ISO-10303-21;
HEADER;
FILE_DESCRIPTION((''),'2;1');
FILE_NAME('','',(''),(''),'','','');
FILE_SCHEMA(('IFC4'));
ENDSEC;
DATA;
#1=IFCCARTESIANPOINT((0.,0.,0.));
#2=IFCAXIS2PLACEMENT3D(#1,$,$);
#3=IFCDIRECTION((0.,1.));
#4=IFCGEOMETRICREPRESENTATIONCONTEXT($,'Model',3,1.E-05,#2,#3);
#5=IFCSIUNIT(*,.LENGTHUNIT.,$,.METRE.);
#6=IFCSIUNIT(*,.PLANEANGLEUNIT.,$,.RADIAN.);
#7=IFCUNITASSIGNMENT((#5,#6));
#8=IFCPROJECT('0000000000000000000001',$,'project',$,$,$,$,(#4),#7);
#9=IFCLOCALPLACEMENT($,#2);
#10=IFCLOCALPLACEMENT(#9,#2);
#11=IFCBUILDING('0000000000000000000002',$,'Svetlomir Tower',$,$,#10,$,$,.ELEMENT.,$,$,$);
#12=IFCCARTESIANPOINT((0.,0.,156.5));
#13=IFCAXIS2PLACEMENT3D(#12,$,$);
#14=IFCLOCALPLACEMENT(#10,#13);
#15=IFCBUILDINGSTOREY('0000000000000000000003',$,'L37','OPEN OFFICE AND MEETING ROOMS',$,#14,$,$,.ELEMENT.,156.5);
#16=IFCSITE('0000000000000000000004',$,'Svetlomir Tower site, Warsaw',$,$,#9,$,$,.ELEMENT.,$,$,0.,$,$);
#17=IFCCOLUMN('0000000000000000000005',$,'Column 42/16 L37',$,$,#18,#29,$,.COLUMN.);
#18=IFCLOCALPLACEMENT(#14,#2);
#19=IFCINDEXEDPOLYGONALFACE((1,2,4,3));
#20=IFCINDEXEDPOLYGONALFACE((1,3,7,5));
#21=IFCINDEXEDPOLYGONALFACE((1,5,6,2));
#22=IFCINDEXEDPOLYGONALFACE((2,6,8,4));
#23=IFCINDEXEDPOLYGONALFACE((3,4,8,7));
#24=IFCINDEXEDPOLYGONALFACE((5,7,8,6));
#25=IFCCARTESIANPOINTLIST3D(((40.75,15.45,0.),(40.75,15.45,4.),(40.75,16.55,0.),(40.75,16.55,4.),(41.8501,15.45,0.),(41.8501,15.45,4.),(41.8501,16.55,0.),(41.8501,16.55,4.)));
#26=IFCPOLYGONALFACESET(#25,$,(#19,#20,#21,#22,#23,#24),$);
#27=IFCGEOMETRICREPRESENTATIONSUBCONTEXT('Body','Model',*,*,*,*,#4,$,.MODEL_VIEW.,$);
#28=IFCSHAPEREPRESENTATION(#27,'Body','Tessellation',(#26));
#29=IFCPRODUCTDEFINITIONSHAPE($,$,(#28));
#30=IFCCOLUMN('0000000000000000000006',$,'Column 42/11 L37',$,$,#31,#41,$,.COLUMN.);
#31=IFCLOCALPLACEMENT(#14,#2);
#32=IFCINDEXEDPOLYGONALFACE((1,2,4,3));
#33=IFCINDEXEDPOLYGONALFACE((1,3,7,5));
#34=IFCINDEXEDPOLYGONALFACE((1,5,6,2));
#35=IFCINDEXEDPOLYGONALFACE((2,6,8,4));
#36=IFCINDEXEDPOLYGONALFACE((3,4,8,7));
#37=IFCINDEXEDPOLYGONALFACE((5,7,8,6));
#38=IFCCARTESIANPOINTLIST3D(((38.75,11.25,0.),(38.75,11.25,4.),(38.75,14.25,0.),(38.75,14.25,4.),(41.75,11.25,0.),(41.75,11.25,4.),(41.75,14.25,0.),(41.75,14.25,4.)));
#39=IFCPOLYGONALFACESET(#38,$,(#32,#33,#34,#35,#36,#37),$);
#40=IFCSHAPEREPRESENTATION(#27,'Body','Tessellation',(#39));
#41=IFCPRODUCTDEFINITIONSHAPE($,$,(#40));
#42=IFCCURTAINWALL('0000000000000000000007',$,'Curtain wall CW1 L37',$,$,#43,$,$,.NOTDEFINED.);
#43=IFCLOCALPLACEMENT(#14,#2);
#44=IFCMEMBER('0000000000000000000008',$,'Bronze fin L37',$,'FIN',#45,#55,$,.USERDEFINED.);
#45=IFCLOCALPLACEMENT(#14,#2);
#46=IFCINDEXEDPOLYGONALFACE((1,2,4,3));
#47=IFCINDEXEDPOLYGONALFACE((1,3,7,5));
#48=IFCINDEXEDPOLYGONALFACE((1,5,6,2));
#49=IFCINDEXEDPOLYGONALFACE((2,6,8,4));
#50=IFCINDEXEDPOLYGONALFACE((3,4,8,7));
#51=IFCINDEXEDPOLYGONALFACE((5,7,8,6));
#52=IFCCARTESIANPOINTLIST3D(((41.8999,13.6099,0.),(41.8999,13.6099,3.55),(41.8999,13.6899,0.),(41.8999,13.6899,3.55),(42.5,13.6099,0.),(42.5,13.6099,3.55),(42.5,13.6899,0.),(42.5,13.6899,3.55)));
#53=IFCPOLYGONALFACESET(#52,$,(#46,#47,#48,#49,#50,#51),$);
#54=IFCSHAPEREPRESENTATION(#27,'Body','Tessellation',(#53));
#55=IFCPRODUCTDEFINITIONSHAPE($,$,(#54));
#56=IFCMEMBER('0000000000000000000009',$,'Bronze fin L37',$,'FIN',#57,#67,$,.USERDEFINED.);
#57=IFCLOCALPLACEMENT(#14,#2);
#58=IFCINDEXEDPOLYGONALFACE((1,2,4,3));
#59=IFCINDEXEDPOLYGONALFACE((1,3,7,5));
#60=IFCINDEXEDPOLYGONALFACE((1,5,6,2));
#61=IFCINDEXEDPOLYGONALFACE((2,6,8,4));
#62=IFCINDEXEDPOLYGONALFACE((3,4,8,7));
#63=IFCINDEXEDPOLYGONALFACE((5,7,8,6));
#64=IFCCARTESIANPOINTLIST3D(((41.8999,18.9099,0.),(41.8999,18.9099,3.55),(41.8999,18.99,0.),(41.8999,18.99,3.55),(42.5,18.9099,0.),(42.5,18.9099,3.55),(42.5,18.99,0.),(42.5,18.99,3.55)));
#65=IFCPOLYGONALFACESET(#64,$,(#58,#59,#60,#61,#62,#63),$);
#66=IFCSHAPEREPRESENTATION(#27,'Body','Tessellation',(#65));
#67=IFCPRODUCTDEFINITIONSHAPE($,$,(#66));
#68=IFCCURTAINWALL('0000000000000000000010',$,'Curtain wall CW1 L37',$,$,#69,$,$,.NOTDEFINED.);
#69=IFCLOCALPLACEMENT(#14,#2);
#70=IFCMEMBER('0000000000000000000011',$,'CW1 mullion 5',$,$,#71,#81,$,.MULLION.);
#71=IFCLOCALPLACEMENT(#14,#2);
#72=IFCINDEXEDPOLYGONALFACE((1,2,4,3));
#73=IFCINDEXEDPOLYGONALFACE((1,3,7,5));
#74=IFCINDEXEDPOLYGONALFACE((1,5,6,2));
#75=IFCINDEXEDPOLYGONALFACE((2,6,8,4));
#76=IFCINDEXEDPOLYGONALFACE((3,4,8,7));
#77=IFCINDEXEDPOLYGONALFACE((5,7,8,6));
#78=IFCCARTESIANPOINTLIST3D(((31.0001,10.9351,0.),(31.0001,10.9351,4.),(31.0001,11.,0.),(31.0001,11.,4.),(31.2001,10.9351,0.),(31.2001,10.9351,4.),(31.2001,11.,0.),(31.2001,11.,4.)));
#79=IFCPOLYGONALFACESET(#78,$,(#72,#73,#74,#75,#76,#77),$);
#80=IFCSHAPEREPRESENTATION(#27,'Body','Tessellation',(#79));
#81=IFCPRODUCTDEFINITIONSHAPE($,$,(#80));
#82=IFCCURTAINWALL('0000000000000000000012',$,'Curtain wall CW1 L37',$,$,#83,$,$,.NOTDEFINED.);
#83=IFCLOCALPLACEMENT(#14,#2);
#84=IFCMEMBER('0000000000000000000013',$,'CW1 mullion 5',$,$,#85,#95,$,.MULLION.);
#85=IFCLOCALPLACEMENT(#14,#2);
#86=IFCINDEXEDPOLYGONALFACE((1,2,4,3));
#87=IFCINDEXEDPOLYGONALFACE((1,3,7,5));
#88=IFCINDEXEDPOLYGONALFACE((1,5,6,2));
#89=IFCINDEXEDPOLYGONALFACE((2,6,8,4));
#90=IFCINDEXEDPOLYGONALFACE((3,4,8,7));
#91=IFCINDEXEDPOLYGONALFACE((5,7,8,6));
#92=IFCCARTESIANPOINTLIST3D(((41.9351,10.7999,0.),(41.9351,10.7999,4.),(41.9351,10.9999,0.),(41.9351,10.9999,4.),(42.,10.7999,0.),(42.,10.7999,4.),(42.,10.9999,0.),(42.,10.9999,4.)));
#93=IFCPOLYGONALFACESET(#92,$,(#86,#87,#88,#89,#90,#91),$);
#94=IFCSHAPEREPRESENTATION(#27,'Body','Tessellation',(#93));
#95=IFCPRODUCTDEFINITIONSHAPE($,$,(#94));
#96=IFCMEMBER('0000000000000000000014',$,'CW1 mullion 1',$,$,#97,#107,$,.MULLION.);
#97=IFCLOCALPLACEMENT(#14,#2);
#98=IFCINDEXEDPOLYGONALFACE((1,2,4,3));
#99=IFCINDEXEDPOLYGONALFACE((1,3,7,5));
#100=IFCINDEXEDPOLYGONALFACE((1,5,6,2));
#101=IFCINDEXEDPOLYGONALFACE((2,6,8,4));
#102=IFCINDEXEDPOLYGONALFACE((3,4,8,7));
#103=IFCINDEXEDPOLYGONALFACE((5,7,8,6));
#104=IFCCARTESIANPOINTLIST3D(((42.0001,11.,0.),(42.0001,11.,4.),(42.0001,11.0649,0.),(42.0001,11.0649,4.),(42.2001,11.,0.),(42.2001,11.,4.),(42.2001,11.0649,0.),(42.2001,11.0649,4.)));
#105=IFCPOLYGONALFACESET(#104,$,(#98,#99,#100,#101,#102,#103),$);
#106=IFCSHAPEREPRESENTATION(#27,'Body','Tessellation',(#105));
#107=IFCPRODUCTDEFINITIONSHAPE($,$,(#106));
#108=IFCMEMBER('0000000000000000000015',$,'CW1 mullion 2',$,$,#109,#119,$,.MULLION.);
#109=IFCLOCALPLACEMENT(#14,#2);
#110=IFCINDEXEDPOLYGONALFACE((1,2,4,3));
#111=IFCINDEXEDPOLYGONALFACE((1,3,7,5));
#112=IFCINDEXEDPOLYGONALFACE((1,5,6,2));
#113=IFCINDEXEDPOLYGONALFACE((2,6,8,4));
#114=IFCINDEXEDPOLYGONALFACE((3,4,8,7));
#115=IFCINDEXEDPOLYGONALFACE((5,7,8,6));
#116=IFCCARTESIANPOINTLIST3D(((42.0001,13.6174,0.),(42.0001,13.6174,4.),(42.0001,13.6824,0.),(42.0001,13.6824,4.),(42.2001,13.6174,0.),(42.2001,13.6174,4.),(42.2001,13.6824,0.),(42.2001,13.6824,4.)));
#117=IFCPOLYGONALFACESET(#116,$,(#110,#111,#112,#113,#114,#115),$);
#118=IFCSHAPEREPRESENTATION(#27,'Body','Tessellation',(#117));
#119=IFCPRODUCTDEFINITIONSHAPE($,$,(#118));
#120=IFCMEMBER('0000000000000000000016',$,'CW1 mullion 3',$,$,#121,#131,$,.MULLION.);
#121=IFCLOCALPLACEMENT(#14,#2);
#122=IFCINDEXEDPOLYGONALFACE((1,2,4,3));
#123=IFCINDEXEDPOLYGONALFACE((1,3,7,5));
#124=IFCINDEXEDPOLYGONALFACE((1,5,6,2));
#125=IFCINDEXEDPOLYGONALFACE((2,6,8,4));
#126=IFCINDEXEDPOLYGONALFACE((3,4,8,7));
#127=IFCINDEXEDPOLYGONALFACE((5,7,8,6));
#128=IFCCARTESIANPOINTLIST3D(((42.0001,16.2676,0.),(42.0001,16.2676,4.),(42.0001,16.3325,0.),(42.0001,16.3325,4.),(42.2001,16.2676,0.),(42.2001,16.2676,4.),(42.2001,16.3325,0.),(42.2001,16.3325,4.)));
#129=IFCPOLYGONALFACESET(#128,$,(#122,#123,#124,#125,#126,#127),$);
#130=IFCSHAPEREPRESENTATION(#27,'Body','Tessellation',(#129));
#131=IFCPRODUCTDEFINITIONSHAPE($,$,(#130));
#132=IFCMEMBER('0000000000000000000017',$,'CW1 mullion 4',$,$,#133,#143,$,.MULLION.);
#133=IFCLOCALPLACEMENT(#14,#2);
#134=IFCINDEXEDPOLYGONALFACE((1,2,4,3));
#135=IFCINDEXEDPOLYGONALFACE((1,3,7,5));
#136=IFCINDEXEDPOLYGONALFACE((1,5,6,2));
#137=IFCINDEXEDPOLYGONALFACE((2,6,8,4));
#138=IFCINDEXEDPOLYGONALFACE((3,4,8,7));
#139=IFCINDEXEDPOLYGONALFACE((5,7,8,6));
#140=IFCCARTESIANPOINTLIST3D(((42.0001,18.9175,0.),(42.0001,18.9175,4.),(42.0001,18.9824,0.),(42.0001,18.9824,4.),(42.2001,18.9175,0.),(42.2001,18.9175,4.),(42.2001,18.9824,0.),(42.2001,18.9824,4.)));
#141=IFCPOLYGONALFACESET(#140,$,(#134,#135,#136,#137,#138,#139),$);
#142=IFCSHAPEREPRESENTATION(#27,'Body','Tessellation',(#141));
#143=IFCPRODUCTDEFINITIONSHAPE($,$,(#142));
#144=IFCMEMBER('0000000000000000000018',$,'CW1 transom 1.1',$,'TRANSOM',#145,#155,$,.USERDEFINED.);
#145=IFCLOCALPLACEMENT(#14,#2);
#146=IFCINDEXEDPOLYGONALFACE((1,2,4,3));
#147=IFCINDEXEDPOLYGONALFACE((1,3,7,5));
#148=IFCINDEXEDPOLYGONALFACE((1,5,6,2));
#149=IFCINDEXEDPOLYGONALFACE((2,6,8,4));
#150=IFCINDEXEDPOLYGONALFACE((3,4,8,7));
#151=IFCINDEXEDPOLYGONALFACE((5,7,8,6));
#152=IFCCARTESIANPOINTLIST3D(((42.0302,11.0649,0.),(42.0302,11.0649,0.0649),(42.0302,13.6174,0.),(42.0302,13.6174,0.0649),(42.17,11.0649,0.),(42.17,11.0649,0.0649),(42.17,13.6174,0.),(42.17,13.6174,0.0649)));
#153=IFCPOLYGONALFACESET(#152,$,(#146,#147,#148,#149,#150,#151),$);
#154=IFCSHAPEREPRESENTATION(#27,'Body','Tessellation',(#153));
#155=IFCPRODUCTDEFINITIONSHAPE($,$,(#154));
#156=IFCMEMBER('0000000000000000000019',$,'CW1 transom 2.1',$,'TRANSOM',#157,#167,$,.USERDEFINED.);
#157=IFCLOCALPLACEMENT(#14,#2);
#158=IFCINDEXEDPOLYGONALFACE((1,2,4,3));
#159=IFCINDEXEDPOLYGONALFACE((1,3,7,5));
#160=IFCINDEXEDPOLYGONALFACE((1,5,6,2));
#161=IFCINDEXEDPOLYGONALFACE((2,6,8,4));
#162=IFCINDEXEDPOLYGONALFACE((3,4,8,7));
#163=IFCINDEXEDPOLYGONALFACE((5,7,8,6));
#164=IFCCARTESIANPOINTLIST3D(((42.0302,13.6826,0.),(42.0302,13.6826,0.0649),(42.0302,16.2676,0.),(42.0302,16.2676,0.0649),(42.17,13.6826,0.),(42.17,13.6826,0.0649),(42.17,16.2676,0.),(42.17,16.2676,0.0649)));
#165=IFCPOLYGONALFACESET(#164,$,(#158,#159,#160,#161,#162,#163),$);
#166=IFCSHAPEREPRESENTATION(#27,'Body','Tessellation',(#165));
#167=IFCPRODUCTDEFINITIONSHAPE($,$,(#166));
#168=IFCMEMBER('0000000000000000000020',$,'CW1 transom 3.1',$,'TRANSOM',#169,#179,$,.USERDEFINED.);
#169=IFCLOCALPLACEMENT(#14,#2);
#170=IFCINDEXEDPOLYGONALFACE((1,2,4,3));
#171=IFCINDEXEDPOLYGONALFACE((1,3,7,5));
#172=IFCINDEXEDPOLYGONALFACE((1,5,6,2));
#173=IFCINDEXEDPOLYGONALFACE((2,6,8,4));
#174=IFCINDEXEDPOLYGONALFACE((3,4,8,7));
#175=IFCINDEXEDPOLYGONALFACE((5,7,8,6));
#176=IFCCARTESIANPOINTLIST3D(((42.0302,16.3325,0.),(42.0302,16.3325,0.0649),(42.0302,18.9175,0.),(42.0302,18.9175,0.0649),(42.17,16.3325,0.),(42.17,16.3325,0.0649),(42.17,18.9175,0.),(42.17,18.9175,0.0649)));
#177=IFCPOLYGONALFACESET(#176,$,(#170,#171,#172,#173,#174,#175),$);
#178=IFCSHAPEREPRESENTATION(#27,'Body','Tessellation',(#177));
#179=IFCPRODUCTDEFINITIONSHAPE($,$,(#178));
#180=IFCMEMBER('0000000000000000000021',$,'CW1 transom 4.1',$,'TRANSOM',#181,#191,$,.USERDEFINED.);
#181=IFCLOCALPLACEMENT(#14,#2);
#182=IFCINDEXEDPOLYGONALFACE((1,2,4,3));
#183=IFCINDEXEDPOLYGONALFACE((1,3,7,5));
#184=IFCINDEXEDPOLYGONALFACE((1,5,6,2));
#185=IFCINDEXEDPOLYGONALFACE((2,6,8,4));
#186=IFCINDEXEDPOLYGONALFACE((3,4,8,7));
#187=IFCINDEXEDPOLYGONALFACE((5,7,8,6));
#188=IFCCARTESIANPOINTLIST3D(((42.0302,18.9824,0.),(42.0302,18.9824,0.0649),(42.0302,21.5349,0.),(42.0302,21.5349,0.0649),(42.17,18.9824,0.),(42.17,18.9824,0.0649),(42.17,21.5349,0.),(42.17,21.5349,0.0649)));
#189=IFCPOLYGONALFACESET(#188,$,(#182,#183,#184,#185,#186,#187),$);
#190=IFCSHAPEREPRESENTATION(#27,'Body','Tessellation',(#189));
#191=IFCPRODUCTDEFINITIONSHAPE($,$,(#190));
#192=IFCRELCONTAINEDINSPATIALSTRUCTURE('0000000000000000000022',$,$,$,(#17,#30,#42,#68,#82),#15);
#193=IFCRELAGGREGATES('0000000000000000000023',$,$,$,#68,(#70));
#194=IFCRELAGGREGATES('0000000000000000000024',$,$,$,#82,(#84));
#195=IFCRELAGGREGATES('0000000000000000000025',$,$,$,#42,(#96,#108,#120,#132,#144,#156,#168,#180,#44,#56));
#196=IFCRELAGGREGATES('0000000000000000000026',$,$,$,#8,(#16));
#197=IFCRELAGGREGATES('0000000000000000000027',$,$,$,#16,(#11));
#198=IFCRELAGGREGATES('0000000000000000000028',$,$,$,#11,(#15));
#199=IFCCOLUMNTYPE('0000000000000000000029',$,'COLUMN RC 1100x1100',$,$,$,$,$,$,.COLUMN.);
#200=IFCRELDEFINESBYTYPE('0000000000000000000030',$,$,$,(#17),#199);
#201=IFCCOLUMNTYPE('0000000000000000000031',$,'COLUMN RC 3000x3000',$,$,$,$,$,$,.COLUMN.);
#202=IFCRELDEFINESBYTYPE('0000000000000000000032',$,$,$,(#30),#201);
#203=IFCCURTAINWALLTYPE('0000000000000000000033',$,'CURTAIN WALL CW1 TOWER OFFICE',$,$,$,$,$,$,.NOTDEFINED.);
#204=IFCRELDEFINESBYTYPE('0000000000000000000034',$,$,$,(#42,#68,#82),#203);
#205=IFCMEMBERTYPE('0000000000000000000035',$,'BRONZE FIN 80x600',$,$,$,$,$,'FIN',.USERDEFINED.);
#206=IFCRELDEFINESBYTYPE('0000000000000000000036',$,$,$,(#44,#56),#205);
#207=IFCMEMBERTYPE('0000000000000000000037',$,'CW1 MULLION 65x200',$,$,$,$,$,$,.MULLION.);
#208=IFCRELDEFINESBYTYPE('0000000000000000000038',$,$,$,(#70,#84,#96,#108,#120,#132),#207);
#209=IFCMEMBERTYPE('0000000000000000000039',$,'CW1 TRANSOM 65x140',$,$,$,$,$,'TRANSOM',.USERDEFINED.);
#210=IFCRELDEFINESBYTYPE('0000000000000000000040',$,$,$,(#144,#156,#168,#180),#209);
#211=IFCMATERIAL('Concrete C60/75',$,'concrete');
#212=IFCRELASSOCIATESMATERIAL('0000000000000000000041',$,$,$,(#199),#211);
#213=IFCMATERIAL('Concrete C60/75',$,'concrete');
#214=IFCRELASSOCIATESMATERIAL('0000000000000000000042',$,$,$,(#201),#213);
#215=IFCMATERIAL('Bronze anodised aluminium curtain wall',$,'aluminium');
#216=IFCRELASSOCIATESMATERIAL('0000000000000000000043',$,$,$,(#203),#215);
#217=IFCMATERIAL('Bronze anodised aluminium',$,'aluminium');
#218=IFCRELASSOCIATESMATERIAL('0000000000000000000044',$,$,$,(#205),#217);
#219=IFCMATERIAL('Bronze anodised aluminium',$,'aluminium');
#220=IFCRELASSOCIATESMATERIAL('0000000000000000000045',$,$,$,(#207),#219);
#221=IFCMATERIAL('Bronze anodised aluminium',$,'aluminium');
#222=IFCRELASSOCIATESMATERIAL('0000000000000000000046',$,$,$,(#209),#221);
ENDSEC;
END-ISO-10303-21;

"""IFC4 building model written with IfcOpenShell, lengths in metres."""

from ifc_helpers import new_model, si_unit, direction, frame, origin, origin_2d, place, context, subcontext, project, spatial, rectangle, extrude, material, material_profile, profile_set, type_object, element, aggregate, save


model = new_model("IFC4")

# Units and contexts
model_context = context("Model", 3, precision=1e-05, world=origin(), true_north=direction((0.0, 1.0)))
body_context = subcontext(model_context, "Body", "Model", "MODEL_VIEW")
ifc_project = project(units=[si_unit("LENGTHUNIT", "METRE"), si_unit("PLANEANGLEUNIT", "RADIAN")], contexts=[model_context])

# Site, building, storey
site_placement = place(None, origin())
site = spatial("IfcSite", under=ifc_project, at=site_placement, Name="Svetlomir Tower site, Warsaw", CompositionType="ELEMENT", RefElevation=0.0)
building_placement = place(site_placement, origin())
building = spatial("IfcBuilding", under=site, at=building_placement, Name="Svetlomir Tower", CompositionType="ELEMENT")
storey_placement = place(building_placement, frame((0.0, 0.0, 156.5)))
storey = spatial("IfcBuildingStorey", under=building, at=storey_placement, Name="L37", Description="OPEN OFFICE AND MEETING ROOMS", CompositionType="ELEMENT", Elevation=156.5)

# Columns
ifc_material_1 = material(Name="Concrete C60/75", Category="concrete")
ifc_material_profile_1 = material_profile(ifc_material_1, rectangle(XDim=1.1001, YDim=1.1001, at=origin_2d()), Name="RC 1100x1100")
ifc_profile_set_1 = profile_set([ifc_material_profile_1], Name="Concrete C60/75")
column_type_1 = type_object("IfcColumnType", Name="COLUMN RC 1100x1100", PredefinedType="COLUMN", material=ifc_profile_set_1)
column_1_placement = place(storey_placement, frame((41.3, 16.0, 0.0), z_axis=(0.0, 0.0, 1.0), x_axis=(1.0, 0.0, 0.0)))
element("IfcColumn", 1, at=column_1_placement, inside=storey, type_object=column_type_1, Name="Column 42/16 L37", PredefinedType="COLUMN", context=body_context, shape_type="SweptSolid", body=[
    extrude(rectangle(XDim=1.1001, YDim=1.1001, at=origin_2d()), origin(), (0.0, 0.0, 1.0), 4.0),
])
ifc_material_2 = material(Name="Concrete C60/75", Category="concrete")
ifc_material_profile_2 = material_profile(ifc_material_2, rectangle(XDim=3.0, YDim=3.0, at=origin_2d()), Name="RC 3000x3000")
ifc_profile_set_2 = profile_set([ifc_material_profile_2], Name="Concrete C60/75")
column_type_2 = type_object("IfcColumnType", Name="COLUMN RC 3000x3000", PredefinedType="COLUMN", material=ifc_profile_set_2)
column_2_placement = place(storey_placement, frame((40.25, 12.75, 0.0), z_axis=(0.0, 0.0, 1.0), x_axis=(1.0, 0.0, 0.0)))
element("IfcColumn", 2, at=column_2_placement, inside=storey, type_object=column_type_2, Name="Column 42/11 L37", PredefinedType="COLUMN", context=body_context, shape_type="SweptSolid", body=[
    extrude(rectangle(XDim=3.0, YDim=3.0, at=origin_2d()), origin(), (0.0, 0.0, 1.0), 4.0),
])

# Curtain wall, members
ifc_material_3 = material(Name="Bronze anodised aluminium curtain wall", Category="aluminium")
curtain_wall_type = type_object("IfcCurtainWallType", Name="CURTAIN WALL CW1 TOWER OFFICE", PredefinedType="NOTDEFINED", material=ifc_material_3)
curtain_wall_1_placement = place(storey_placement, origin())
curtain_wall_1 = element("IfcCurtainWall", 3, at=curtain_wall_1_placement, inside=storey, type_object=curtain_wall_type, Name="Curtain wall CW1 L37", PredefinedType="NOTDEFINED")
ifc_material_4 = material(Name="Bronze anodised aluminium", Category="aluminium")
ifc_material_profile_3 = material_profile(ifc_material_4, rectangle(XDim=0.0801, YDim=0.6001, at=origin_2d()), Name="FIN 80x600")
ifc_profile_set_3 = profile_set([ifc_material_profile_3], Name="Bronze anodised aluminium 6063-T6")
member_type_1 = type_object("IfcMemberType", Name="BRONZE FIN 80x600", ElementType="FIN", PredefinedType="USERDEFINED", material=ifc_profile_set_3)
member_1_placement = place(storey_placement, frame((42.2, 13.6499, 0.0), z_axis=(0.0, 0.0, 1.0), x_axis=(0.0, 1.0, 0.0)))
member_1 = element("IfcMember", 4, at=member_1_placement, type_object=member_type_1, Name="Bronze fin L37", ObjectType="FIN", PredefinedType="USERDEFINED", context=body_context, shape_type="SweptSolid", body=[
    extrude(rectangle(XDim=0.0801, YDim=0.6001, at=origin_2d()), origin(), (0.0, 0.0, 1.0), 3.55),
])
member_2_placement = place(storey_placement, frame((42.2, 18.95, 0.0), z_axis=(0.0, 0.0, 1.0), x_axis=(0.0, 1.0, 0.0)))
member_2 = element("IfcMember", 5, at=member_2_placement, type_object=member_type_1, Name="Bronze fin L37", ObjectType="FIN", PredefinedType="USERDEFINED", context=body_context, shape_type="SweptSolid", body=[
    extrude(rectangle(XDim=0.0801, YDim=0.6001, at=origin_2d()), origin(), (0.0, 0.0, 1.0), 3.55),
])

# Curtain walls, members
curtain_wall_2_placement = place(storey_placement, origin())
curtain_wall_2 = element("IfcCurtainWall", 6, at=curtain_wall_2_placement, inside=storey, type_object=curtain_wall_type, Name="Curtain wall CW1 L37", PredefinedType="NOTDEFINED")
ifc_material_5 = material(Name="Bronze anodised aluminium", Category="aluminium")
ifc_material_profile_4 = material_profile(ifc_material_5, rectangle(XDim=0.0649, YDim=0.2, at=origin_2d()), Name="AL 65x200")
ifc_profile_set_4 = profile_set([ifc_material_profile_4], Name="Bronze anodised aluminium 6063-T6")
member_type_2 = type_object("IfcMemberType", Name="CW1 MULLION 65x200", PredefinedType="MULLION", material=ifc_profile_set_4)
member_3_placement = place(storey_placement, frame((31.1001, 10.9675, 0.0), z_axis=(0.0, 0.0, 1.0), x_axis=(0.0, 1.0, 0.0)))
member_3 = element("IfcMember", 7, at=member_3_placement, type_object=member_type_2, Name="CW1 mullion 5", PredefinedType="MULLION", context=body_context, shape_type="SweptSolid", body=[
    extrude(rectangle(XDim=0.0649, YDim=0.2, at=origin_2d()), origin(), (0.0, 0.0, 1.0), 4.0),
])
aggregate(curtain_wall_2, [member_3])
curtain_wall_3_placement = place(storey_placement, origin())
curtain_wall_3 = element("IfcCurtainWall", 8, at=curtain_wall_3_placement, inside=storey, type_object=curtain_wall_type, Name="Curtain wall CW1 L37", PredefinedType="NOTDEFINED")
member_4_placement = place(storey_placement, frame((41.9675, 10.8999, 0.0), z_axis=(0.0, 0.0, 1.0), x_axis=(1.0, 0.0, 0.0)))
member_4 = element("IfcMember", 9, at=member_4_placement, type_object=member_type_2, Name="CW1 mullion 5", PredefinedType="MULLION", context=body_context, shape_type="SweptSolid", body=[
    extrude(rectangle(XDim=0.0649, YDim=0.2, at=origin_2d()), origin(), (0.0, 0.0, 1.0), 4.0),
])
aggregate(curtain_wall_3, [member_4])

# Members
member_5_placement = place(storey_placement, frame((42.1001, 11.0325, 0.0), z_axis=(0.0, 0.0, 1.0), x_axis=(0.0, 1.0, 0.0)))
member_5 = element("IfcMember", 10, at=member_5_placement, type_object=member_type_2, Name="CW1 mullion 1", PredefinedType="MULLION", context=body_context, shape_type="SweptSolid", body=[
    extrude(rectangle(XDim=0.0649, YDim=0.2, at=origin_2d()), origin(), (0.0, 0.0, 1.0), 4.0),
])
member_6_placement = place(storey_placement, frame((42.1001, 13.6499, 0.0), z_axis=(0.0, 0.0, 1.0), x_axis=(0.0, 1.0, 0.0)))
member_6 = element("IfcMember", 11, at=member_6_placement, type_object=member_type_2, Name="CW1 mullion 2", PredefinedType="MULLION", context=body_context, shape_type="SweptSolid", body=[
    extrude(rectangle(XDim=0.0649, YDim=0.2, at=origin_2d()), origin(), (0.0, 0.0, 1.0), 4.0),
])
member_7_placement = place(storey_placement, frame((42.1001, 16.3, 0.0), z_axis=(0.0, 0.0, 1.0), x_axis=(0.0, 1.0, 0.0)))
member_7 = element("IfcMember", 12, at=member_7_placement, type_object=member_type_2, Name="CW1 mullion 3", PredefinedType="MULLION", context=body_context, shape_type="SweptSolid", body=[
    extrude(rectangle(XDim=0.0649, YDim=0.2, at=origin_2d()), origin(), (0.0, 0.0, 1.0), 4.0),
])
member_8_placement = place(storey_placement, frame((42.1001, 18.95, 0.0), z_axis=(0.0, 0.0, 1.0), x_axis=(0.0, 1.0, 0.0)))
member_8 = element("IfcMember", 13, at=member_8_placement, type_object=member_type_2, Name="CW1 mullion 4", PredefinedType="MULLION", context=body_context, shape_type="SweptSolid", body=[
    extrude(rectangle(XDim=0.0649, YDim=0.2, at=origin_2d()), origin(), (0.0, 0.0, 1.0), 4.0),
])
ifc_material_6 = material(Name="Bronze anodised aluminium", Category="aluminium")
ifc_material_profile_5 = material_profile(ifc_material_6, rectangle(XDim=0.1399, YDim=0.0649, at=origin_2d()), Name="AL 140x65")
ifc_profile_set_5 = profile_set([ifc_material_profile_5], Name="Bronze anodised aluminium 6063-T6")
member_type_3 = type_object("IfcMemberType", Name="CW1 TRANSOM 65x140", ElementType="TRANSOM", PredefinedType="USERDEFINED", material=ifc_profile_set_5)
member_9_placement = place(storey_placement, frame((42.1001, 11.0649, 0.0325), z_axis=(0.0, 1.0, 0.0), x_axis=(-1.0, 0.0, 0.0)))
member_9 = element("IfcMember", 14, at=member_9_placement, type_object=member_type_3, Name="CW1 transom 1.1", ObjectType="TRANSOM", PredefinedType="USERDEFINED", context=body_context, shape_type="SweptSolid", body=[
    extrude(rectangle(XDim=0.1399, YDim=0.0649, at=origin_2d()), origin(), (0.0, 0.0, 1.0), 2.5525),
])
member_10_placement = place(storey_placement, frame((42.1001, 13.6826, 0.0325), z_axis=(0.0, 1.0, 0.0), x_axis=(-1.0, 0.0, 0.0)))
member_10 = element("IfcMember", 15, at=member_10_placement, type_object=member_type_3, Name="CW1 transom 2.1", ObjectType="TRANSOM", PredefinedType="USERDEFINED", context=body_context, shape_type="SweptSolid", body=[
    extrude(rectangle(XDim=0.1399, YDim=0.0649, at=origin_2d()), origin(), (0.0, 0.0, 1.0), 2.585),
])
member_11_placement = place(storey_placement, frame((42.1001, 16.3325, 0.0325), z_axis=(0.0, 1.0, 0.0), x_axis=(-1.0, 0.0, 0.0)))
member_11 = element("IfcMember", 16, at=member_11_placement, type_object=member_type_3, Name="CW1 transom 3.1", ObjectType="TRANSOM", PredefinedType="USERDEFINED", context=body_context, shape_type="SweptSolid", body=[
    extrude(rectangle(XDim=0.1399, YDim=0.0649, at=origin_2d()), origin(), (0.0, 0.0, 1.0), 2.585),
])
member_12_placement = place(storey_placement, frame((42.1001, 18.9824, 0.0325), z_axis=(0.0, 1.0, 0.0), x_axis=(-1.0, 0.0, 0.0)))
member_12 = element("IfcMember", 17, at=member_12_placement, type_object=member_type_3, Name="CW1 transom 4.1", ObjectType="TRANSOM", PredefinedType="USERDEFINED", context=body_context, shape_type="SweptSolid", body=[
    extrude(rectangle(XDim=0.1399, YDim=0.0649, at=origin_2d()), origin(), (0.0, 0.0, 1.0), 2.5525),
])

aggregate(curtain_wall_1, [member_5, member_6, member_7, member_8, member_9, member_10, member_11, member_12, member_1, member_2])

save(model, "model.ifc")
